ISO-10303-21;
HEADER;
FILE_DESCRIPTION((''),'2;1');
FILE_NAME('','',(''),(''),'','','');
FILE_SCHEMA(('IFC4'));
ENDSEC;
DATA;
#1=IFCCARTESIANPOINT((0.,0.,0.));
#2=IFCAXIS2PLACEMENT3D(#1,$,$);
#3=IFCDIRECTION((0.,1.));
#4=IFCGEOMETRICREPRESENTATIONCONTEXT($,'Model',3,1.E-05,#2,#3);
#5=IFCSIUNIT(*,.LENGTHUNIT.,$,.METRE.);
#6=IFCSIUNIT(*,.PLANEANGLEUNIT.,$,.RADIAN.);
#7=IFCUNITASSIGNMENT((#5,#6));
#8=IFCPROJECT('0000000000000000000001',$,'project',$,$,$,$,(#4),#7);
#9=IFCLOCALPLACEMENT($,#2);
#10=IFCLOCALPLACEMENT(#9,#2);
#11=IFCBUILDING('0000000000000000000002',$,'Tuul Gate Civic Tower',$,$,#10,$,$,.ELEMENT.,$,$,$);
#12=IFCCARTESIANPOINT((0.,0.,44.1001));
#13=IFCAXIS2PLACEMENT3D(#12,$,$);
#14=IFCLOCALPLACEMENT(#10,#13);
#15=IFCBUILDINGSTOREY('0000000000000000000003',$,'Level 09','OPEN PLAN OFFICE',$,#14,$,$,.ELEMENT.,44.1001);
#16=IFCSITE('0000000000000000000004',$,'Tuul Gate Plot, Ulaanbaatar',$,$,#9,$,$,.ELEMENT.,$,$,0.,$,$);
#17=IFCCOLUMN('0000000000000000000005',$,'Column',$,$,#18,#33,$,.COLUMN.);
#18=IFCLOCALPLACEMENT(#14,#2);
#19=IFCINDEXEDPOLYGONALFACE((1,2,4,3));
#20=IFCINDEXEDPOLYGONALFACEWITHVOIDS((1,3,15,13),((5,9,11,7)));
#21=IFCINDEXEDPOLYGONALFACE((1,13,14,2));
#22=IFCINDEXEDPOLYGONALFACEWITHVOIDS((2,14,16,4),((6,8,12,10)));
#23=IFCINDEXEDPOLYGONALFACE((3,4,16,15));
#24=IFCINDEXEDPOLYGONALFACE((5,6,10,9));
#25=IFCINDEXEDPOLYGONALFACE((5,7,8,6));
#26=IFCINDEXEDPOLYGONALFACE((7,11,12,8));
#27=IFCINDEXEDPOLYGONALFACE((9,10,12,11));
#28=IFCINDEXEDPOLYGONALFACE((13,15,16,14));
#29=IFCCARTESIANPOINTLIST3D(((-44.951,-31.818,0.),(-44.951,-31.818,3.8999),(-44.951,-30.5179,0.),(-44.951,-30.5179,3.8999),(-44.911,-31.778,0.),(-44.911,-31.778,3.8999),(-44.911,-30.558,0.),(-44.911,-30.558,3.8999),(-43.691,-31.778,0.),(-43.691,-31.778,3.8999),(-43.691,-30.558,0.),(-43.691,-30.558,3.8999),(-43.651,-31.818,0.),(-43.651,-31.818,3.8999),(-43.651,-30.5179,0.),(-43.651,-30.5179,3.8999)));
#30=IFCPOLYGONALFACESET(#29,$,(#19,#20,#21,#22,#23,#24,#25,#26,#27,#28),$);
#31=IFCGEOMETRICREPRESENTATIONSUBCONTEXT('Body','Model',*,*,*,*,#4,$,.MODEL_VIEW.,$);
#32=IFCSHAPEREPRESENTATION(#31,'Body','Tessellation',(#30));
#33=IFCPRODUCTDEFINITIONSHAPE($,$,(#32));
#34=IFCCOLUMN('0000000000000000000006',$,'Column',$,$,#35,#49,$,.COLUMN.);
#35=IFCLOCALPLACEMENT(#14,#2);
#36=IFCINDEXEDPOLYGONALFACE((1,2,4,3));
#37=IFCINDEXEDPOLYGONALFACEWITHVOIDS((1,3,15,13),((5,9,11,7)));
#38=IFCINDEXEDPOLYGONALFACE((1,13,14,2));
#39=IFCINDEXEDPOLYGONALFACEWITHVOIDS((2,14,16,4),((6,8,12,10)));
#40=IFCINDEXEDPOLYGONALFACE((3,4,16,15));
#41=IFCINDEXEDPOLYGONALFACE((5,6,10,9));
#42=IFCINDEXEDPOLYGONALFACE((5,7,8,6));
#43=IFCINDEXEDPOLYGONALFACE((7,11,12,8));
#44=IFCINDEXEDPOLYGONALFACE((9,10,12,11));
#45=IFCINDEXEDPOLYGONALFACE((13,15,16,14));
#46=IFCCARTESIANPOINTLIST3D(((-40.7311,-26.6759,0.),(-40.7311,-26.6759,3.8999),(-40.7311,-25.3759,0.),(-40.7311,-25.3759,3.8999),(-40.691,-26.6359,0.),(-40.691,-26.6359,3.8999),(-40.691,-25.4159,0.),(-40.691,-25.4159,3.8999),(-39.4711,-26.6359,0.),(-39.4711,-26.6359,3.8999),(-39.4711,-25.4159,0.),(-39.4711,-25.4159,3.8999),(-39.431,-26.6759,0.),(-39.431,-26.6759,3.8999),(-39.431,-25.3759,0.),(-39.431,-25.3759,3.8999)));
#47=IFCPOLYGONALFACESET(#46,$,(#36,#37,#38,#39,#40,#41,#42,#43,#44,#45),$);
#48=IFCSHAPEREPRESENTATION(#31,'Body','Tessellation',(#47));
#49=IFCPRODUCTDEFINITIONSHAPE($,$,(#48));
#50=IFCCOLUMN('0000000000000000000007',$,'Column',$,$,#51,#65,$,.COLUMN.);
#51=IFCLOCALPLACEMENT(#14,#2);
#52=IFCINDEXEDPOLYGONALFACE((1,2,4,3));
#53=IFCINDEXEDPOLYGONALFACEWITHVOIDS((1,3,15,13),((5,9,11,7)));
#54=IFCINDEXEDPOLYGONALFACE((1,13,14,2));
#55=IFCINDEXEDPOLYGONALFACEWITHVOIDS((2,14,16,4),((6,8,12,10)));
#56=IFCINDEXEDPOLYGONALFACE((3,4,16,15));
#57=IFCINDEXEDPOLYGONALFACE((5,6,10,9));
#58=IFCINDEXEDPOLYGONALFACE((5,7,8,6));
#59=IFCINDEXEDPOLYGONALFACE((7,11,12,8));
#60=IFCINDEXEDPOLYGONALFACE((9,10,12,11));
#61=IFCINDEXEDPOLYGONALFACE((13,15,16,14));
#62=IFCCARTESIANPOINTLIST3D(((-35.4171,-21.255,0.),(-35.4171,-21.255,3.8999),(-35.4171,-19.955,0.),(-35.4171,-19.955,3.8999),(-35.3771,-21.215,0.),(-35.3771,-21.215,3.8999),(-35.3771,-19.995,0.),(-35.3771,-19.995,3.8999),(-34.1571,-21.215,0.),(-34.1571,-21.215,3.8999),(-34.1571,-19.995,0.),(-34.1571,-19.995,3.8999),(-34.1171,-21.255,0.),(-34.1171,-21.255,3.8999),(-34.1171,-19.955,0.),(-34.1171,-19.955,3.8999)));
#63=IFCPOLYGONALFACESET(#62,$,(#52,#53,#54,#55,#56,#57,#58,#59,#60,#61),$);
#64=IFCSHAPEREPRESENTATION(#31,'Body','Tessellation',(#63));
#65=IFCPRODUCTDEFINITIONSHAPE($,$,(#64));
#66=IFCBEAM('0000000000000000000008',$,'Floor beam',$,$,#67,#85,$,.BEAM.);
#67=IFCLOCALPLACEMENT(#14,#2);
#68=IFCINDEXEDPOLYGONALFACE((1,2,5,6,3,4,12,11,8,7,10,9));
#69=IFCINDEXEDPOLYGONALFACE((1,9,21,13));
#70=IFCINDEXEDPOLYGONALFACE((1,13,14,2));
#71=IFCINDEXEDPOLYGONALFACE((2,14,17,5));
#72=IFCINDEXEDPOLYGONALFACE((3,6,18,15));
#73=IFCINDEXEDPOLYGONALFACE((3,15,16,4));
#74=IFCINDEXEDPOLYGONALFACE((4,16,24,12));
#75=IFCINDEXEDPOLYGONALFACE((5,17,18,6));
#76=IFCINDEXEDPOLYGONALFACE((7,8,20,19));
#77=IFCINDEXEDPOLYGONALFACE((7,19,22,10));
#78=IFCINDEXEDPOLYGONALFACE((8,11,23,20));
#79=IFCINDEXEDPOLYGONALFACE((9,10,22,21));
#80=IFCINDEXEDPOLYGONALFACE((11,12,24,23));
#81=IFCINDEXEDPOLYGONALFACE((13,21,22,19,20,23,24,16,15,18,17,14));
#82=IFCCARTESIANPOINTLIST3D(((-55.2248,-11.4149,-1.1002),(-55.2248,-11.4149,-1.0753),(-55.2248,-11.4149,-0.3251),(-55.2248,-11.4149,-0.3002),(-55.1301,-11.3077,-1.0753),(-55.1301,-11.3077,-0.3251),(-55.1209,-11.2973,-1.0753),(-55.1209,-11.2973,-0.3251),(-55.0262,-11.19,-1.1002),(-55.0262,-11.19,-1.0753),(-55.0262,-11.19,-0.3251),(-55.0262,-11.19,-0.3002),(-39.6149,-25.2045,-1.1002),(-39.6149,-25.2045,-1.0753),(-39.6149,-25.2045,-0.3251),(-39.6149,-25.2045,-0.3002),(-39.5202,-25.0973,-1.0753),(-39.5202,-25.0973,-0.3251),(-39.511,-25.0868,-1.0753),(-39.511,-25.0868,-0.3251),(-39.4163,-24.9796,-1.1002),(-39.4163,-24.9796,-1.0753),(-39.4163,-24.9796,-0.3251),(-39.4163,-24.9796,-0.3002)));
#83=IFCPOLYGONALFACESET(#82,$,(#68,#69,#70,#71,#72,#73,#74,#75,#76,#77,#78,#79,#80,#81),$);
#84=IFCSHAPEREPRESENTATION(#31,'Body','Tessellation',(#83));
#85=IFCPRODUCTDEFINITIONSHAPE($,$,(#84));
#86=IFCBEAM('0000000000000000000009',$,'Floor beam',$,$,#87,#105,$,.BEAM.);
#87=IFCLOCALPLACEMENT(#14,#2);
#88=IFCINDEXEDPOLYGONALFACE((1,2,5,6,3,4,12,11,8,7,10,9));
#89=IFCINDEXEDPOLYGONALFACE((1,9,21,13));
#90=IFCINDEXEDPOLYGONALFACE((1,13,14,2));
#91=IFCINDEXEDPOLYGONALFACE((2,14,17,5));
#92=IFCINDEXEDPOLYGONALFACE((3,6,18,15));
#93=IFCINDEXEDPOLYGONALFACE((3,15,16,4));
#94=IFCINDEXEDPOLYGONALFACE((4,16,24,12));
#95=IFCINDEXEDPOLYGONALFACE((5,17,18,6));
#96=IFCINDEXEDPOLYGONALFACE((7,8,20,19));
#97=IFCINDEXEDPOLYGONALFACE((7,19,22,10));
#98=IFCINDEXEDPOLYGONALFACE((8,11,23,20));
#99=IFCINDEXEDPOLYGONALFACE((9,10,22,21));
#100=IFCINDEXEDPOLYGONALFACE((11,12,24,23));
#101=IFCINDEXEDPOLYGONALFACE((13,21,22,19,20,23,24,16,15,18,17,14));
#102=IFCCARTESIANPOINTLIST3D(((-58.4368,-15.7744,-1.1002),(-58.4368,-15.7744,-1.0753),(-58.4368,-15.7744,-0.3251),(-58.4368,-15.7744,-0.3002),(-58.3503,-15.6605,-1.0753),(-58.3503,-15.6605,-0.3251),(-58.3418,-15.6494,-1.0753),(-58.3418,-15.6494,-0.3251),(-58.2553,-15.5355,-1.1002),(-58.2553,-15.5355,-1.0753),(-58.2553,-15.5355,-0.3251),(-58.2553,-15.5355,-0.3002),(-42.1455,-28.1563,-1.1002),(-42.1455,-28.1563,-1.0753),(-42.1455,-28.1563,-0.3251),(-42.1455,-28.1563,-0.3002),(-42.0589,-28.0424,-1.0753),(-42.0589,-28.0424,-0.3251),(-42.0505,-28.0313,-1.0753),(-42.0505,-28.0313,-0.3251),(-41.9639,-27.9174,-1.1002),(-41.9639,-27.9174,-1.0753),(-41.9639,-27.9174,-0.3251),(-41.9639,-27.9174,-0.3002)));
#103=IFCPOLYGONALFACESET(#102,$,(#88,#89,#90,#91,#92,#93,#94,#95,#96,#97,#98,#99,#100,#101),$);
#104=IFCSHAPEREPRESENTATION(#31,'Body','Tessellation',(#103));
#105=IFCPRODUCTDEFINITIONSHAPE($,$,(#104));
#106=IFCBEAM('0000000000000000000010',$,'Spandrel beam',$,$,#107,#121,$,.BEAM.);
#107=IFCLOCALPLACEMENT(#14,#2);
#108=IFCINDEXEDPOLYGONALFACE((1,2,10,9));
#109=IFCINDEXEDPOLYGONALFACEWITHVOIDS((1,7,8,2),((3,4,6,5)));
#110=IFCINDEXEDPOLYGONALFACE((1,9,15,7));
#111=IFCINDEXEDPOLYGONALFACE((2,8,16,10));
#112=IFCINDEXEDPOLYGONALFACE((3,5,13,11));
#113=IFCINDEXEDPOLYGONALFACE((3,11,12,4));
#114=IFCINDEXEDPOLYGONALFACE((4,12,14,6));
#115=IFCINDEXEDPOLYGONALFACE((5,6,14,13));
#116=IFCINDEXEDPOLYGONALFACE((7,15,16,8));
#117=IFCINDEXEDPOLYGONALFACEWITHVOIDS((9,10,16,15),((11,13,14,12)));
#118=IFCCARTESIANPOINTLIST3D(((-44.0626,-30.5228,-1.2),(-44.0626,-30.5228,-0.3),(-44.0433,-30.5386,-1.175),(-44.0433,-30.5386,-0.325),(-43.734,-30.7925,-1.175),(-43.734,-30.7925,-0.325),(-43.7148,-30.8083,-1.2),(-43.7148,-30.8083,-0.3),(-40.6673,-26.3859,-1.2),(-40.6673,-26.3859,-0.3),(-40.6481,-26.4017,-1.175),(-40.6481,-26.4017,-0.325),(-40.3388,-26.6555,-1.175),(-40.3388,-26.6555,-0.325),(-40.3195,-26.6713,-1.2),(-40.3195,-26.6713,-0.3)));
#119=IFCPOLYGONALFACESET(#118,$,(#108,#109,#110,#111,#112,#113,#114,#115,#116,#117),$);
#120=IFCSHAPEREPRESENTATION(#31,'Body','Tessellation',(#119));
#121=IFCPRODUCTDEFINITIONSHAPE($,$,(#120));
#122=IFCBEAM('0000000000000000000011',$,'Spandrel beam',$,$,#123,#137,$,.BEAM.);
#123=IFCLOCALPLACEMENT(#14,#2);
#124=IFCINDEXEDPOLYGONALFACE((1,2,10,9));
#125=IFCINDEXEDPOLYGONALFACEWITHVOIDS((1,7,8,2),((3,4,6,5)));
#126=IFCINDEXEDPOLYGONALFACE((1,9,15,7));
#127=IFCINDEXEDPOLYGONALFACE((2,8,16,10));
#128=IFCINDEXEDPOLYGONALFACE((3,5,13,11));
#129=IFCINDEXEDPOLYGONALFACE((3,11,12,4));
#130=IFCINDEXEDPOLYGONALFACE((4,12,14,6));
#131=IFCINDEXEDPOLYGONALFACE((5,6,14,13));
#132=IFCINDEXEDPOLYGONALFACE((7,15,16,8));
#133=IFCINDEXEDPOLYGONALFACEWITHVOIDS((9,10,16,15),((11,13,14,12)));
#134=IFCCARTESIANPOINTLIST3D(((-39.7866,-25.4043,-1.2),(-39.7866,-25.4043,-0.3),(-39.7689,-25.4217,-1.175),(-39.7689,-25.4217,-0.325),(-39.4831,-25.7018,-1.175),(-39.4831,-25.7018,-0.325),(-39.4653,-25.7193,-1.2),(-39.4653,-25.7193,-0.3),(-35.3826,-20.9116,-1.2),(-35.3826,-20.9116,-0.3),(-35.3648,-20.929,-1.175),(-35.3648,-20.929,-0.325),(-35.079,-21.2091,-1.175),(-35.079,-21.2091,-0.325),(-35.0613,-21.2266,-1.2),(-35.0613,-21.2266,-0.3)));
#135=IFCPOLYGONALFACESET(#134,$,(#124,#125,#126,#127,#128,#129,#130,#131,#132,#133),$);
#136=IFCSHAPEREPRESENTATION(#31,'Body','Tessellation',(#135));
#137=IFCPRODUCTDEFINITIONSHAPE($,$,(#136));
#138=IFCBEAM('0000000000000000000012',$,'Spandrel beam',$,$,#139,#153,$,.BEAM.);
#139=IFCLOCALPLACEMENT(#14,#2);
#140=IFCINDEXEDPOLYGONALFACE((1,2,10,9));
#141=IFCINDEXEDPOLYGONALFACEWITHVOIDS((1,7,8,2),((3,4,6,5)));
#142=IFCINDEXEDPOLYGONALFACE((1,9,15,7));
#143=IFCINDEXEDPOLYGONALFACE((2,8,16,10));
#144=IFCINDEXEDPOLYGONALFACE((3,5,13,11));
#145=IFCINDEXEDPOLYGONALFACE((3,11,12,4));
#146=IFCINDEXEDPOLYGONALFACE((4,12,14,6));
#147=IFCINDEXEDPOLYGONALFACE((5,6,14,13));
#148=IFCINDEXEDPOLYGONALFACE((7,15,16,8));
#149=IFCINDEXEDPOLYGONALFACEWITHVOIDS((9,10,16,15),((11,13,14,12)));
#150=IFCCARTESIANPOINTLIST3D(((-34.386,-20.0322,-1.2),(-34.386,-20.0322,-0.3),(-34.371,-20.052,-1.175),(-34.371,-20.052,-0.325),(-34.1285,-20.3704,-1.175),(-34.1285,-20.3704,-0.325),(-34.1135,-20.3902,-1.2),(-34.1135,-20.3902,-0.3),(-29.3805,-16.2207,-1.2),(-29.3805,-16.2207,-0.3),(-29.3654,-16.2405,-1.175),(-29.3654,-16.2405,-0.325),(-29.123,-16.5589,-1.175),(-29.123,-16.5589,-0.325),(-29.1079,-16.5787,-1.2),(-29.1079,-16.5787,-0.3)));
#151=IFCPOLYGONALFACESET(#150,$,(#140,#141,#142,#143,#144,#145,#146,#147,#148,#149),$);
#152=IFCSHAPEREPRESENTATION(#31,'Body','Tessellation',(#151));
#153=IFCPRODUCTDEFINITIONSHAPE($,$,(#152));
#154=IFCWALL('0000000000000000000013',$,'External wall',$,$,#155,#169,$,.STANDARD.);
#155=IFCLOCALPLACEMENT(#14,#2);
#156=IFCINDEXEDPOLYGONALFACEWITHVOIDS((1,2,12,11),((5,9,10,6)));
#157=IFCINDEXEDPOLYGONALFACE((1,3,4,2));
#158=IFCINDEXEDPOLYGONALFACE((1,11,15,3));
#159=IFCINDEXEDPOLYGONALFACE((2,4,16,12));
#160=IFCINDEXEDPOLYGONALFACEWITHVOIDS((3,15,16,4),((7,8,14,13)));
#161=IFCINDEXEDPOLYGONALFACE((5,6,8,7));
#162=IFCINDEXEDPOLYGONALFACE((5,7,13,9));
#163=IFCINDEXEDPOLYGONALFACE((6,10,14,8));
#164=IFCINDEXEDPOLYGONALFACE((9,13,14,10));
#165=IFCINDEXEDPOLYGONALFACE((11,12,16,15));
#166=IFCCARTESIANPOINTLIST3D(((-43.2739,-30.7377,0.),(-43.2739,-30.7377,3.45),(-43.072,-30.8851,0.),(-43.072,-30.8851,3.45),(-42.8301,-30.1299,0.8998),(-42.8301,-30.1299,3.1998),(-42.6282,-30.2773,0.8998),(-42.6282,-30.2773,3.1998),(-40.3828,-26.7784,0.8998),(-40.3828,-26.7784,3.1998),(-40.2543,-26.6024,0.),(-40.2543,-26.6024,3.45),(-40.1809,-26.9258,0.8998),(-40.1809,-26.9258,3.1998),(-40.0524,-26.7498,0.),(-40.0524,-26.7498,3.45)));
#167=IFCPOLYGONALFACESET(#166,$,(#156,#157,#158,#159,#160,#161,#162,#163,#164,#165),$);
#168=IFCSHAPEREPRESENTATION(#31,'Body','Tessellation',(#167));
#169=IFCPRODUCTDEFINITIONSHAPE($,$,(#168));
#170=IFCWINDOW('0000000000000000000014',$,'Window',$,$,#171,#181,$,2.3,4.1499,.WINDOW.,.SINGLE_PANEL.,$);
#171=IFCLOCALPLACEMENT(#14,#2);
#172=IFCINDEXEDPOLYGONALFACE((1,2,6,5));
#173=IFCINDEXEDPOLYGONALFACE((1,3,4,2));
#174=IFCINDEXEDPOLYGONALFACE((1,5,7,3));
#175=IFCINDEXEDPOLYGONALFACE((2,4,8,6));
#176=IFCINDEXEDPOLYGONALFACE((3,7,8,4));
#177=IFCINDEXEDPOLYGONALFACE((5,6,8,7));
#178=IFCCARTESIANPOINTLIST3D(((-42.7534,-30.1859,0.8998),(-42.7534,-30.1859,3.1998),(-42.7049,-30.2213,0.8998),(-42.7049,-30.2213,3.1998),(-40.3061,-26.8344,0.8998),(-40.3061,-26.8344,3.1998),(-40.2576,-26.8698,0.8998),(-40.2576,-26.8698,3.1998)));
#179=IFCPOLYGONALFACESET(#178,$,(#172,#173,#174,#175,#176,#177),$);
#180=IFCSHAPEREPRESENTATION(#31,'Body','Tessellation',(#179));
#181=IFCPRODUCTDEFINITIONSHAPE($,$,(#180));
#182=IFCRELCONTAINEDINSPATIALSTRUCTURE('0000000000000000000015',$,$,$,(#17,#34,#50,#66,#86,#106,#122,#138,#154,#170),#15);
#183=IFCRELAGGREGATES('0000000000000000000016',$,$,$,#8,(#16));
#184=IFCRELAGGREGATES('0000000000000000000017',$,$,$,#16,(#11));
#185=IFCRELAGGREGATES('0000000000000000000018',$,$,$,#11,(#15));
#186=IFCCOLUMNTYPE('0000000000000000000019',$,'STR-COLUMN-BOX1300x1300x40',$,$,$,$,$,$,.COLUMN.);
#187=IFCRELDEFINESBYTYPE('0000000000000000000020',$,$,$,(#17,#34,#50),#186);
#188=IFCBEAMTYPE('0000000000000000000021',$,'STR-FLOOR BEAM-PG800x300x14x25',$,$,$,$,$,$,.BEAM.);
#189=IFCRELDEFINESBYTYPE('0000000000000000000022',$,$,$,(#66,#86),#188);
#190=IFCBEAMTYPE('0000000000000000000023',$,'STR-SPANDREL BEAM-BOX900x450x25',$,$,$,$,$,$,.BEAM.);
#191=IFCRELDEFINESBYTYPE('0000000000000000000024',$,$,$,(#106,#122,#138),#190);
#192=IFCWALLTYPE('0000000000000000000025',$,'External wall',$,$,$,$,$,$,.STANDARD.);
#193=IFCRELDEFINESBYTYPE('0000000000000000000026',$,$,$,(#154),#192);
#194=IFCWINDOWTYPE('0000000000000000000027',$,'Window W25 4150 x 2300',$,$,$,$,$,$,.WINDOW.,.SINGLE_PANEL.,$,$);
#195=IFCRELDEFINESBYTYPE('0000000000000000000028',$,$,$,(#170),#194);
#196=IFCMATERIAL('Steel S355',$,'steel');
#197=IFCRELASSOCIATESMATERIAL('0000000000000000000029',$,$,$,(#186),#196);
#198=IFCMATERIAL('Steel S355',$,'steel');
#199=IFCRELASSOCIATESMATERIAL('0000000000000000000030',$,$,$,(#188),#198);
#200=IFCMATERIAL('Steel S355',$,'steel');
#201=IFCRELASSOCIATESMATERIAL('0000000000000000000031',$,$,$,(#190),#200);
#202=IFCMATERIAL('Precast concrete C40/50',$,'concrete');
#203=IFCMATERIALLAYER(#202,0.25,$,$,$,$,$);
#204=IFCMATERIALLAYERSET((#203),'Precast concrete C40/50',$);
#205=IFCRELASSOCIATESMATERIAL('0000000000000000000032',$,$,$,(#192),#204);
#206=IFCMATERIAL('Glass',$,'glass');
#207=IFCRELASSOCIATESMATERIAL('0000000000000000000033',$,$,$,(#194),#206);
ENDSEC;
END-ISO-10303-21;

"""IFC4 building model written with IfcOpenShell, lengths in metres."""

from ifc_helpers import new_model, si_unit, direction, frame, frame_2d, origin, origin_2d, place, context, subcontext, project, spatial, rectangle, hollow_rectangle, i_section, extrude, material, layer, layer_set, material_profile, profile_set, type_object, element, fill, save


model = new_model("IFC4")

# Units and contexts
model_context = context("Model", 3, precision=1e-05, world=origin(), true_north=direction((0.0, 1.0)))
body_context = subcontext(model_context, "Body", "Model", "MODEL_VIEW")
ifc_project = project(units=[si_unit("LENGTHUNIT", "METRE"), si_unit("PLANEANGLEUNIT", "RADIAN")], contexts=[model_context])

# Site, building, storey
site_placement = place(None, origin())
site = spatial("IfcSite", under=ifc_project, at=site_placement, Name="Tuul Gate Plot, Ulaanbaatar", CompositionType="ELEMENT", RefElevation=0.0)
building_placement = place(site_placement, origin())
building = spatial("IfcBuilding", under=site, at=building_placement, Name="Tuul Gate Civic Tower", CompositionType="ELEMENT")
storey_placement = place(building_placement, frame((0.0, 0.0, 44.1001)))
storey = spatial("IfcBuildingStorey", under=building, at=storey_placement, Name="Level 09", Description="OPEN PLAN OFFICE", CompositionType="ELEMENT", Elevation=44.1001)

# Columns
ifc_material_1 = material(Name="Steel S355", Category="steel")
ifc_material_profile_1 = material_profile(ifc_material_1, hollow_rectangle(XDim=1.3, YDim=1.3, WallThickness=0.04, at=origin_2d()), Name="BOX1300x1300x40")
ifc_profile_set_1 = profile_set([ifc_material_profile_1], Name="Steel S355")
column_type = type_object("IfcColumnType", Name="STR-COLUMN-BOX1300x1300x40", PredefinedType="COLUMN", material=ifc_profile_set_1)
for number, where, z_axis, x_axis, name in (
    (1, (-44.301, -31.168, 0.0), (0.0, 0.0, 1.0), (1.0, 0.0, 0.0), "Column"),
    (2, (-40.0811, -26.0259, 0.0), (0.0, 0.0, 1.0), (1.0, 0.0, 0.0), "Column"),
    (3, (-34.7671, -20.605, 0.0), (0.0, 0.0, 1.0), (1.0, 0.0, 0.0), "Column"),
):
    element("IfcColumn", number, at=place(storey_placement, frame(where, z_axis=z_axis, x_axis=x_axis)), inside=storey, type_object=column_type, Name=name, PredefinedType="COLUMN", context=body_context, shape_type="SweptSolid", body=[
        extrude(hollow_rectangle(XDim=1.3, YDim=1.3, WallThickness=0.04, at=origin_2d()), origin(), (0.0, 0.0, 1.0), 3.8999),
    ])

# Beams
ifc_material_2 = material(Name="Steel S355", Category="steel")
ifc_material_profile_2 = material_profile(ifc_material_2, i_section(OverallWidth=0.3, OverallDepth=0.8, WebThickness=0.0139, FlangeThickness=0.0249, at=origin_2d()), Name="PG800x300x14x25")
ifc_profile_set_2 = profile_set([ifc_material_profile_2], Name="Steel S355")
beam_type_1 = type_object("IfcBeamType", Name="STR-FLOOR BEAM-PG800x300x14x25", PredefinedType="BEAM", material=ifc_profile_set_2)
beam_1_placement = place(storey_placement, frame((-39.5156, -25.092, -0.7002), z_axis=(-0.749453, 0.662057, 0.0), x_axis=(-0.662057, -0.749453, 0.0)))
element("IfcBeam", 4, at=beam_1_placement, inside=storey, type_object=beam_type_1, Name="Floor beam", PredefinedType="BEAM", context=body_context, shape_type="SweptSolid", body=[
    extrude(i_section(OverallWidth=0.3, OverallDepth=0.8, WebThickness=0.0139, FlangeThickness=0.0249, at=origin_2d()), origin(), (0.0, 0.0, 1.0), 20.8284),
])
beam_2_placement = place(storey_placement, frame((-42.0547, -28.0369, -0.7002), z_axis=(-0.796151, 0.605098, 0.0), x_axis=(-0.605098, -0.796151, 0.0)))
element("IfcBeam", 5, at=beam_2_placement, inside=storey, type_object=beam_type_1, Name="Floor beam", PredefinedType="BEAM", context=body_context, shape_type="SweptSolid", body=[
    extrude(i_section(OverallWidth=0.3, OverallDepth=0.8, WebThickness=0.0139, FlangeThickness=0.0249, at=origin_2d()), origin(), (0.0, 0.0, 1.0), 20.4626),
])
ifc_material_3 = material(Name="Steel S355", Category="steel")
ifc_material_profile_3 = material_profile(ifc_material_3, hollow_rectangle(XDim=0.45, YDim=0.8999, WallThickness=0.0249, at=origin_2d()), Name="BOX900x450x25")
ifc_profile_set_3 = profile_set([ifc_material_profile_3], Name="Steel S355")
beam_type_2 = type_object("IfcBeamType", Name="STR-SPANDREL BEAM-BOX900x450x25", PredefinedType="BEAM", material=ifc_profile_set_3)
beam_3_placement = place(storey_placement, frame((-43.8887, -30.6655, -0.75), z_axis=(0.63441, 0.772997, 0.0), x_axis=(-0.772997, 0.63441, 0.0)))
element("IfcBeam", 6, at=beam_3_placement, inside=storey, type_object=beam_type_2, Name="Spandrel beam", PredefinedType="BEAM", context=body_context, shape_type="SweptSolid", body=[
    extrude(hollow_rectangle(XDim=0.45, YDim=0.8999, WallThickness=0.0249, at=origin_2d()), origin(), (0.0, 0.0, 1.0), 5.3518),
])
beam_4_placement = place(storey_placement, frame((-39.626, -25.5618, -0.75), z_axis=(0.700028, 0.714115, 0.0), x_axis=(-0.714115, 0.700028, 0.0)))
element("IfcBeam", 7, at=beam_4_placement, inside=storey, type_object=beam_type_2, Name="Spandrel beam", PredefinedType="BEAM", context=body_context, shape_type="SweptSolid", body=[
    extrude(hollow_rectangle(XDim=0.45, YDim=0.8999, WallThickness=0.0249, at=origin_2d()), origin(), (0.0, 0.0, 1.0), 6.2913),
])
beam_5_placement = place(storey_placement, frame((-34.2498, -20.2112, -0.75), z_axis=(0.795606, 0.605814, 0.0), x_axis=(-0.605814, 0.795606, 0.0)))
element("IfcBeam", 8, at=beam_5_placement, inside=storey, type_object=beam_type_2, Name="Spandrel beam", PredefinedType="BEAM", context=body_context, shape_type="SweptSolid", body=[
    extrude(hollow_rectangle(XDim=0.45, YDim=0.8999, WallThickness=0.0249, at=origin_2d()), origin(), (0.0, 0.0, 1.0), 6.2915),
])

# Wall, opening, window
ifc_material_4 = material(Name="Precast concrete C40/50", Category="concrete")
ifc_layer_1 = layer(ifc_material_4, 0.25)
ifc_layer_set_1 = layer_set([ifc_layer_1], Name="Precast concrete C40/50")
wall_type_1 = type_object("IfcWallType", Name="External wall", PredefinedType="STANDARD", material=ifc_layer_set_1)
wall_1_placement = place(storey_placement, frame((-43.1729, -30.8113, 0.0), z_axis=(0.0, 0.0, 1.0), x_axis=(0.589713, 0.807613, 0.0)))
wall_1 = element("IfcWall", 9, at=wall_1_placement, inside=storey, type_object=wall_type_1, Name="External wall", PredefinedType="STANDARD", context=body_context, shape_type="SweptSolid", body=[
    extrude(rectangle(XDim=5.1204, YDim=0.25, at=frame_2d((2.5601, 0.0))), origin(), (0.0, 0.0, 1.0), 3.45),
])
opening_1_placement = place(wall_1_placement, frame((0.7524, 0.0, 0.8999)))
opening_1 = element("IfcOpeningElement", 10, at=opening_1_placement, cuts=wall_1, PredefinedType="OPENING", context=body_context, shape_type="SweptSolid", body=[
    extrude(rectangle(XDim=4.1499, YDim=2.3, at=frame_2d((2.075, 1.1499))), frame((0.0, 0.135, 0.0), z_axis=(0.0, -1.0, 0.0), x_axis=(1.0, 0.0, 0.0)), (0.0, 0.0, 1.0), 0.27),
])
ifc_material_5 = material(Name="Glass", Category="glass")
window_type_1 = type_object("IfcWindowType", Name="Window W25 4150 x 2300", PartitioningType="SINGLE_PANEL", PredefinedType="WINDOW", material=ifc_material_5)
window_1_placement = place(opening_1_placement, origin())
window_1 = element("IfcWindow", 11, at=window_1_placement, inside=storey, type_object=window_type_1, Name="Window", OverallHeight=2.3, OverallWidth=4.1499, PartitioningType="SINGLE_PANEL", PredefinedType="WINDOW", context=body_context, shape_type="SweptSolid", body=[
    extrude(rectangle(XDim=4.1499, YDim=2.3, at=frame_2d((2.075, 1.1499))), frame((0.0, 0.03, 0.0), z_axis=(0.0, -1.0, 0.0), x_axis=(1.0, 0.0, 0.0)), (0.0, 0.0, 1.0), 0.0601),
])
fill(opening_1, window_1)

save(model, "model.ifc")
